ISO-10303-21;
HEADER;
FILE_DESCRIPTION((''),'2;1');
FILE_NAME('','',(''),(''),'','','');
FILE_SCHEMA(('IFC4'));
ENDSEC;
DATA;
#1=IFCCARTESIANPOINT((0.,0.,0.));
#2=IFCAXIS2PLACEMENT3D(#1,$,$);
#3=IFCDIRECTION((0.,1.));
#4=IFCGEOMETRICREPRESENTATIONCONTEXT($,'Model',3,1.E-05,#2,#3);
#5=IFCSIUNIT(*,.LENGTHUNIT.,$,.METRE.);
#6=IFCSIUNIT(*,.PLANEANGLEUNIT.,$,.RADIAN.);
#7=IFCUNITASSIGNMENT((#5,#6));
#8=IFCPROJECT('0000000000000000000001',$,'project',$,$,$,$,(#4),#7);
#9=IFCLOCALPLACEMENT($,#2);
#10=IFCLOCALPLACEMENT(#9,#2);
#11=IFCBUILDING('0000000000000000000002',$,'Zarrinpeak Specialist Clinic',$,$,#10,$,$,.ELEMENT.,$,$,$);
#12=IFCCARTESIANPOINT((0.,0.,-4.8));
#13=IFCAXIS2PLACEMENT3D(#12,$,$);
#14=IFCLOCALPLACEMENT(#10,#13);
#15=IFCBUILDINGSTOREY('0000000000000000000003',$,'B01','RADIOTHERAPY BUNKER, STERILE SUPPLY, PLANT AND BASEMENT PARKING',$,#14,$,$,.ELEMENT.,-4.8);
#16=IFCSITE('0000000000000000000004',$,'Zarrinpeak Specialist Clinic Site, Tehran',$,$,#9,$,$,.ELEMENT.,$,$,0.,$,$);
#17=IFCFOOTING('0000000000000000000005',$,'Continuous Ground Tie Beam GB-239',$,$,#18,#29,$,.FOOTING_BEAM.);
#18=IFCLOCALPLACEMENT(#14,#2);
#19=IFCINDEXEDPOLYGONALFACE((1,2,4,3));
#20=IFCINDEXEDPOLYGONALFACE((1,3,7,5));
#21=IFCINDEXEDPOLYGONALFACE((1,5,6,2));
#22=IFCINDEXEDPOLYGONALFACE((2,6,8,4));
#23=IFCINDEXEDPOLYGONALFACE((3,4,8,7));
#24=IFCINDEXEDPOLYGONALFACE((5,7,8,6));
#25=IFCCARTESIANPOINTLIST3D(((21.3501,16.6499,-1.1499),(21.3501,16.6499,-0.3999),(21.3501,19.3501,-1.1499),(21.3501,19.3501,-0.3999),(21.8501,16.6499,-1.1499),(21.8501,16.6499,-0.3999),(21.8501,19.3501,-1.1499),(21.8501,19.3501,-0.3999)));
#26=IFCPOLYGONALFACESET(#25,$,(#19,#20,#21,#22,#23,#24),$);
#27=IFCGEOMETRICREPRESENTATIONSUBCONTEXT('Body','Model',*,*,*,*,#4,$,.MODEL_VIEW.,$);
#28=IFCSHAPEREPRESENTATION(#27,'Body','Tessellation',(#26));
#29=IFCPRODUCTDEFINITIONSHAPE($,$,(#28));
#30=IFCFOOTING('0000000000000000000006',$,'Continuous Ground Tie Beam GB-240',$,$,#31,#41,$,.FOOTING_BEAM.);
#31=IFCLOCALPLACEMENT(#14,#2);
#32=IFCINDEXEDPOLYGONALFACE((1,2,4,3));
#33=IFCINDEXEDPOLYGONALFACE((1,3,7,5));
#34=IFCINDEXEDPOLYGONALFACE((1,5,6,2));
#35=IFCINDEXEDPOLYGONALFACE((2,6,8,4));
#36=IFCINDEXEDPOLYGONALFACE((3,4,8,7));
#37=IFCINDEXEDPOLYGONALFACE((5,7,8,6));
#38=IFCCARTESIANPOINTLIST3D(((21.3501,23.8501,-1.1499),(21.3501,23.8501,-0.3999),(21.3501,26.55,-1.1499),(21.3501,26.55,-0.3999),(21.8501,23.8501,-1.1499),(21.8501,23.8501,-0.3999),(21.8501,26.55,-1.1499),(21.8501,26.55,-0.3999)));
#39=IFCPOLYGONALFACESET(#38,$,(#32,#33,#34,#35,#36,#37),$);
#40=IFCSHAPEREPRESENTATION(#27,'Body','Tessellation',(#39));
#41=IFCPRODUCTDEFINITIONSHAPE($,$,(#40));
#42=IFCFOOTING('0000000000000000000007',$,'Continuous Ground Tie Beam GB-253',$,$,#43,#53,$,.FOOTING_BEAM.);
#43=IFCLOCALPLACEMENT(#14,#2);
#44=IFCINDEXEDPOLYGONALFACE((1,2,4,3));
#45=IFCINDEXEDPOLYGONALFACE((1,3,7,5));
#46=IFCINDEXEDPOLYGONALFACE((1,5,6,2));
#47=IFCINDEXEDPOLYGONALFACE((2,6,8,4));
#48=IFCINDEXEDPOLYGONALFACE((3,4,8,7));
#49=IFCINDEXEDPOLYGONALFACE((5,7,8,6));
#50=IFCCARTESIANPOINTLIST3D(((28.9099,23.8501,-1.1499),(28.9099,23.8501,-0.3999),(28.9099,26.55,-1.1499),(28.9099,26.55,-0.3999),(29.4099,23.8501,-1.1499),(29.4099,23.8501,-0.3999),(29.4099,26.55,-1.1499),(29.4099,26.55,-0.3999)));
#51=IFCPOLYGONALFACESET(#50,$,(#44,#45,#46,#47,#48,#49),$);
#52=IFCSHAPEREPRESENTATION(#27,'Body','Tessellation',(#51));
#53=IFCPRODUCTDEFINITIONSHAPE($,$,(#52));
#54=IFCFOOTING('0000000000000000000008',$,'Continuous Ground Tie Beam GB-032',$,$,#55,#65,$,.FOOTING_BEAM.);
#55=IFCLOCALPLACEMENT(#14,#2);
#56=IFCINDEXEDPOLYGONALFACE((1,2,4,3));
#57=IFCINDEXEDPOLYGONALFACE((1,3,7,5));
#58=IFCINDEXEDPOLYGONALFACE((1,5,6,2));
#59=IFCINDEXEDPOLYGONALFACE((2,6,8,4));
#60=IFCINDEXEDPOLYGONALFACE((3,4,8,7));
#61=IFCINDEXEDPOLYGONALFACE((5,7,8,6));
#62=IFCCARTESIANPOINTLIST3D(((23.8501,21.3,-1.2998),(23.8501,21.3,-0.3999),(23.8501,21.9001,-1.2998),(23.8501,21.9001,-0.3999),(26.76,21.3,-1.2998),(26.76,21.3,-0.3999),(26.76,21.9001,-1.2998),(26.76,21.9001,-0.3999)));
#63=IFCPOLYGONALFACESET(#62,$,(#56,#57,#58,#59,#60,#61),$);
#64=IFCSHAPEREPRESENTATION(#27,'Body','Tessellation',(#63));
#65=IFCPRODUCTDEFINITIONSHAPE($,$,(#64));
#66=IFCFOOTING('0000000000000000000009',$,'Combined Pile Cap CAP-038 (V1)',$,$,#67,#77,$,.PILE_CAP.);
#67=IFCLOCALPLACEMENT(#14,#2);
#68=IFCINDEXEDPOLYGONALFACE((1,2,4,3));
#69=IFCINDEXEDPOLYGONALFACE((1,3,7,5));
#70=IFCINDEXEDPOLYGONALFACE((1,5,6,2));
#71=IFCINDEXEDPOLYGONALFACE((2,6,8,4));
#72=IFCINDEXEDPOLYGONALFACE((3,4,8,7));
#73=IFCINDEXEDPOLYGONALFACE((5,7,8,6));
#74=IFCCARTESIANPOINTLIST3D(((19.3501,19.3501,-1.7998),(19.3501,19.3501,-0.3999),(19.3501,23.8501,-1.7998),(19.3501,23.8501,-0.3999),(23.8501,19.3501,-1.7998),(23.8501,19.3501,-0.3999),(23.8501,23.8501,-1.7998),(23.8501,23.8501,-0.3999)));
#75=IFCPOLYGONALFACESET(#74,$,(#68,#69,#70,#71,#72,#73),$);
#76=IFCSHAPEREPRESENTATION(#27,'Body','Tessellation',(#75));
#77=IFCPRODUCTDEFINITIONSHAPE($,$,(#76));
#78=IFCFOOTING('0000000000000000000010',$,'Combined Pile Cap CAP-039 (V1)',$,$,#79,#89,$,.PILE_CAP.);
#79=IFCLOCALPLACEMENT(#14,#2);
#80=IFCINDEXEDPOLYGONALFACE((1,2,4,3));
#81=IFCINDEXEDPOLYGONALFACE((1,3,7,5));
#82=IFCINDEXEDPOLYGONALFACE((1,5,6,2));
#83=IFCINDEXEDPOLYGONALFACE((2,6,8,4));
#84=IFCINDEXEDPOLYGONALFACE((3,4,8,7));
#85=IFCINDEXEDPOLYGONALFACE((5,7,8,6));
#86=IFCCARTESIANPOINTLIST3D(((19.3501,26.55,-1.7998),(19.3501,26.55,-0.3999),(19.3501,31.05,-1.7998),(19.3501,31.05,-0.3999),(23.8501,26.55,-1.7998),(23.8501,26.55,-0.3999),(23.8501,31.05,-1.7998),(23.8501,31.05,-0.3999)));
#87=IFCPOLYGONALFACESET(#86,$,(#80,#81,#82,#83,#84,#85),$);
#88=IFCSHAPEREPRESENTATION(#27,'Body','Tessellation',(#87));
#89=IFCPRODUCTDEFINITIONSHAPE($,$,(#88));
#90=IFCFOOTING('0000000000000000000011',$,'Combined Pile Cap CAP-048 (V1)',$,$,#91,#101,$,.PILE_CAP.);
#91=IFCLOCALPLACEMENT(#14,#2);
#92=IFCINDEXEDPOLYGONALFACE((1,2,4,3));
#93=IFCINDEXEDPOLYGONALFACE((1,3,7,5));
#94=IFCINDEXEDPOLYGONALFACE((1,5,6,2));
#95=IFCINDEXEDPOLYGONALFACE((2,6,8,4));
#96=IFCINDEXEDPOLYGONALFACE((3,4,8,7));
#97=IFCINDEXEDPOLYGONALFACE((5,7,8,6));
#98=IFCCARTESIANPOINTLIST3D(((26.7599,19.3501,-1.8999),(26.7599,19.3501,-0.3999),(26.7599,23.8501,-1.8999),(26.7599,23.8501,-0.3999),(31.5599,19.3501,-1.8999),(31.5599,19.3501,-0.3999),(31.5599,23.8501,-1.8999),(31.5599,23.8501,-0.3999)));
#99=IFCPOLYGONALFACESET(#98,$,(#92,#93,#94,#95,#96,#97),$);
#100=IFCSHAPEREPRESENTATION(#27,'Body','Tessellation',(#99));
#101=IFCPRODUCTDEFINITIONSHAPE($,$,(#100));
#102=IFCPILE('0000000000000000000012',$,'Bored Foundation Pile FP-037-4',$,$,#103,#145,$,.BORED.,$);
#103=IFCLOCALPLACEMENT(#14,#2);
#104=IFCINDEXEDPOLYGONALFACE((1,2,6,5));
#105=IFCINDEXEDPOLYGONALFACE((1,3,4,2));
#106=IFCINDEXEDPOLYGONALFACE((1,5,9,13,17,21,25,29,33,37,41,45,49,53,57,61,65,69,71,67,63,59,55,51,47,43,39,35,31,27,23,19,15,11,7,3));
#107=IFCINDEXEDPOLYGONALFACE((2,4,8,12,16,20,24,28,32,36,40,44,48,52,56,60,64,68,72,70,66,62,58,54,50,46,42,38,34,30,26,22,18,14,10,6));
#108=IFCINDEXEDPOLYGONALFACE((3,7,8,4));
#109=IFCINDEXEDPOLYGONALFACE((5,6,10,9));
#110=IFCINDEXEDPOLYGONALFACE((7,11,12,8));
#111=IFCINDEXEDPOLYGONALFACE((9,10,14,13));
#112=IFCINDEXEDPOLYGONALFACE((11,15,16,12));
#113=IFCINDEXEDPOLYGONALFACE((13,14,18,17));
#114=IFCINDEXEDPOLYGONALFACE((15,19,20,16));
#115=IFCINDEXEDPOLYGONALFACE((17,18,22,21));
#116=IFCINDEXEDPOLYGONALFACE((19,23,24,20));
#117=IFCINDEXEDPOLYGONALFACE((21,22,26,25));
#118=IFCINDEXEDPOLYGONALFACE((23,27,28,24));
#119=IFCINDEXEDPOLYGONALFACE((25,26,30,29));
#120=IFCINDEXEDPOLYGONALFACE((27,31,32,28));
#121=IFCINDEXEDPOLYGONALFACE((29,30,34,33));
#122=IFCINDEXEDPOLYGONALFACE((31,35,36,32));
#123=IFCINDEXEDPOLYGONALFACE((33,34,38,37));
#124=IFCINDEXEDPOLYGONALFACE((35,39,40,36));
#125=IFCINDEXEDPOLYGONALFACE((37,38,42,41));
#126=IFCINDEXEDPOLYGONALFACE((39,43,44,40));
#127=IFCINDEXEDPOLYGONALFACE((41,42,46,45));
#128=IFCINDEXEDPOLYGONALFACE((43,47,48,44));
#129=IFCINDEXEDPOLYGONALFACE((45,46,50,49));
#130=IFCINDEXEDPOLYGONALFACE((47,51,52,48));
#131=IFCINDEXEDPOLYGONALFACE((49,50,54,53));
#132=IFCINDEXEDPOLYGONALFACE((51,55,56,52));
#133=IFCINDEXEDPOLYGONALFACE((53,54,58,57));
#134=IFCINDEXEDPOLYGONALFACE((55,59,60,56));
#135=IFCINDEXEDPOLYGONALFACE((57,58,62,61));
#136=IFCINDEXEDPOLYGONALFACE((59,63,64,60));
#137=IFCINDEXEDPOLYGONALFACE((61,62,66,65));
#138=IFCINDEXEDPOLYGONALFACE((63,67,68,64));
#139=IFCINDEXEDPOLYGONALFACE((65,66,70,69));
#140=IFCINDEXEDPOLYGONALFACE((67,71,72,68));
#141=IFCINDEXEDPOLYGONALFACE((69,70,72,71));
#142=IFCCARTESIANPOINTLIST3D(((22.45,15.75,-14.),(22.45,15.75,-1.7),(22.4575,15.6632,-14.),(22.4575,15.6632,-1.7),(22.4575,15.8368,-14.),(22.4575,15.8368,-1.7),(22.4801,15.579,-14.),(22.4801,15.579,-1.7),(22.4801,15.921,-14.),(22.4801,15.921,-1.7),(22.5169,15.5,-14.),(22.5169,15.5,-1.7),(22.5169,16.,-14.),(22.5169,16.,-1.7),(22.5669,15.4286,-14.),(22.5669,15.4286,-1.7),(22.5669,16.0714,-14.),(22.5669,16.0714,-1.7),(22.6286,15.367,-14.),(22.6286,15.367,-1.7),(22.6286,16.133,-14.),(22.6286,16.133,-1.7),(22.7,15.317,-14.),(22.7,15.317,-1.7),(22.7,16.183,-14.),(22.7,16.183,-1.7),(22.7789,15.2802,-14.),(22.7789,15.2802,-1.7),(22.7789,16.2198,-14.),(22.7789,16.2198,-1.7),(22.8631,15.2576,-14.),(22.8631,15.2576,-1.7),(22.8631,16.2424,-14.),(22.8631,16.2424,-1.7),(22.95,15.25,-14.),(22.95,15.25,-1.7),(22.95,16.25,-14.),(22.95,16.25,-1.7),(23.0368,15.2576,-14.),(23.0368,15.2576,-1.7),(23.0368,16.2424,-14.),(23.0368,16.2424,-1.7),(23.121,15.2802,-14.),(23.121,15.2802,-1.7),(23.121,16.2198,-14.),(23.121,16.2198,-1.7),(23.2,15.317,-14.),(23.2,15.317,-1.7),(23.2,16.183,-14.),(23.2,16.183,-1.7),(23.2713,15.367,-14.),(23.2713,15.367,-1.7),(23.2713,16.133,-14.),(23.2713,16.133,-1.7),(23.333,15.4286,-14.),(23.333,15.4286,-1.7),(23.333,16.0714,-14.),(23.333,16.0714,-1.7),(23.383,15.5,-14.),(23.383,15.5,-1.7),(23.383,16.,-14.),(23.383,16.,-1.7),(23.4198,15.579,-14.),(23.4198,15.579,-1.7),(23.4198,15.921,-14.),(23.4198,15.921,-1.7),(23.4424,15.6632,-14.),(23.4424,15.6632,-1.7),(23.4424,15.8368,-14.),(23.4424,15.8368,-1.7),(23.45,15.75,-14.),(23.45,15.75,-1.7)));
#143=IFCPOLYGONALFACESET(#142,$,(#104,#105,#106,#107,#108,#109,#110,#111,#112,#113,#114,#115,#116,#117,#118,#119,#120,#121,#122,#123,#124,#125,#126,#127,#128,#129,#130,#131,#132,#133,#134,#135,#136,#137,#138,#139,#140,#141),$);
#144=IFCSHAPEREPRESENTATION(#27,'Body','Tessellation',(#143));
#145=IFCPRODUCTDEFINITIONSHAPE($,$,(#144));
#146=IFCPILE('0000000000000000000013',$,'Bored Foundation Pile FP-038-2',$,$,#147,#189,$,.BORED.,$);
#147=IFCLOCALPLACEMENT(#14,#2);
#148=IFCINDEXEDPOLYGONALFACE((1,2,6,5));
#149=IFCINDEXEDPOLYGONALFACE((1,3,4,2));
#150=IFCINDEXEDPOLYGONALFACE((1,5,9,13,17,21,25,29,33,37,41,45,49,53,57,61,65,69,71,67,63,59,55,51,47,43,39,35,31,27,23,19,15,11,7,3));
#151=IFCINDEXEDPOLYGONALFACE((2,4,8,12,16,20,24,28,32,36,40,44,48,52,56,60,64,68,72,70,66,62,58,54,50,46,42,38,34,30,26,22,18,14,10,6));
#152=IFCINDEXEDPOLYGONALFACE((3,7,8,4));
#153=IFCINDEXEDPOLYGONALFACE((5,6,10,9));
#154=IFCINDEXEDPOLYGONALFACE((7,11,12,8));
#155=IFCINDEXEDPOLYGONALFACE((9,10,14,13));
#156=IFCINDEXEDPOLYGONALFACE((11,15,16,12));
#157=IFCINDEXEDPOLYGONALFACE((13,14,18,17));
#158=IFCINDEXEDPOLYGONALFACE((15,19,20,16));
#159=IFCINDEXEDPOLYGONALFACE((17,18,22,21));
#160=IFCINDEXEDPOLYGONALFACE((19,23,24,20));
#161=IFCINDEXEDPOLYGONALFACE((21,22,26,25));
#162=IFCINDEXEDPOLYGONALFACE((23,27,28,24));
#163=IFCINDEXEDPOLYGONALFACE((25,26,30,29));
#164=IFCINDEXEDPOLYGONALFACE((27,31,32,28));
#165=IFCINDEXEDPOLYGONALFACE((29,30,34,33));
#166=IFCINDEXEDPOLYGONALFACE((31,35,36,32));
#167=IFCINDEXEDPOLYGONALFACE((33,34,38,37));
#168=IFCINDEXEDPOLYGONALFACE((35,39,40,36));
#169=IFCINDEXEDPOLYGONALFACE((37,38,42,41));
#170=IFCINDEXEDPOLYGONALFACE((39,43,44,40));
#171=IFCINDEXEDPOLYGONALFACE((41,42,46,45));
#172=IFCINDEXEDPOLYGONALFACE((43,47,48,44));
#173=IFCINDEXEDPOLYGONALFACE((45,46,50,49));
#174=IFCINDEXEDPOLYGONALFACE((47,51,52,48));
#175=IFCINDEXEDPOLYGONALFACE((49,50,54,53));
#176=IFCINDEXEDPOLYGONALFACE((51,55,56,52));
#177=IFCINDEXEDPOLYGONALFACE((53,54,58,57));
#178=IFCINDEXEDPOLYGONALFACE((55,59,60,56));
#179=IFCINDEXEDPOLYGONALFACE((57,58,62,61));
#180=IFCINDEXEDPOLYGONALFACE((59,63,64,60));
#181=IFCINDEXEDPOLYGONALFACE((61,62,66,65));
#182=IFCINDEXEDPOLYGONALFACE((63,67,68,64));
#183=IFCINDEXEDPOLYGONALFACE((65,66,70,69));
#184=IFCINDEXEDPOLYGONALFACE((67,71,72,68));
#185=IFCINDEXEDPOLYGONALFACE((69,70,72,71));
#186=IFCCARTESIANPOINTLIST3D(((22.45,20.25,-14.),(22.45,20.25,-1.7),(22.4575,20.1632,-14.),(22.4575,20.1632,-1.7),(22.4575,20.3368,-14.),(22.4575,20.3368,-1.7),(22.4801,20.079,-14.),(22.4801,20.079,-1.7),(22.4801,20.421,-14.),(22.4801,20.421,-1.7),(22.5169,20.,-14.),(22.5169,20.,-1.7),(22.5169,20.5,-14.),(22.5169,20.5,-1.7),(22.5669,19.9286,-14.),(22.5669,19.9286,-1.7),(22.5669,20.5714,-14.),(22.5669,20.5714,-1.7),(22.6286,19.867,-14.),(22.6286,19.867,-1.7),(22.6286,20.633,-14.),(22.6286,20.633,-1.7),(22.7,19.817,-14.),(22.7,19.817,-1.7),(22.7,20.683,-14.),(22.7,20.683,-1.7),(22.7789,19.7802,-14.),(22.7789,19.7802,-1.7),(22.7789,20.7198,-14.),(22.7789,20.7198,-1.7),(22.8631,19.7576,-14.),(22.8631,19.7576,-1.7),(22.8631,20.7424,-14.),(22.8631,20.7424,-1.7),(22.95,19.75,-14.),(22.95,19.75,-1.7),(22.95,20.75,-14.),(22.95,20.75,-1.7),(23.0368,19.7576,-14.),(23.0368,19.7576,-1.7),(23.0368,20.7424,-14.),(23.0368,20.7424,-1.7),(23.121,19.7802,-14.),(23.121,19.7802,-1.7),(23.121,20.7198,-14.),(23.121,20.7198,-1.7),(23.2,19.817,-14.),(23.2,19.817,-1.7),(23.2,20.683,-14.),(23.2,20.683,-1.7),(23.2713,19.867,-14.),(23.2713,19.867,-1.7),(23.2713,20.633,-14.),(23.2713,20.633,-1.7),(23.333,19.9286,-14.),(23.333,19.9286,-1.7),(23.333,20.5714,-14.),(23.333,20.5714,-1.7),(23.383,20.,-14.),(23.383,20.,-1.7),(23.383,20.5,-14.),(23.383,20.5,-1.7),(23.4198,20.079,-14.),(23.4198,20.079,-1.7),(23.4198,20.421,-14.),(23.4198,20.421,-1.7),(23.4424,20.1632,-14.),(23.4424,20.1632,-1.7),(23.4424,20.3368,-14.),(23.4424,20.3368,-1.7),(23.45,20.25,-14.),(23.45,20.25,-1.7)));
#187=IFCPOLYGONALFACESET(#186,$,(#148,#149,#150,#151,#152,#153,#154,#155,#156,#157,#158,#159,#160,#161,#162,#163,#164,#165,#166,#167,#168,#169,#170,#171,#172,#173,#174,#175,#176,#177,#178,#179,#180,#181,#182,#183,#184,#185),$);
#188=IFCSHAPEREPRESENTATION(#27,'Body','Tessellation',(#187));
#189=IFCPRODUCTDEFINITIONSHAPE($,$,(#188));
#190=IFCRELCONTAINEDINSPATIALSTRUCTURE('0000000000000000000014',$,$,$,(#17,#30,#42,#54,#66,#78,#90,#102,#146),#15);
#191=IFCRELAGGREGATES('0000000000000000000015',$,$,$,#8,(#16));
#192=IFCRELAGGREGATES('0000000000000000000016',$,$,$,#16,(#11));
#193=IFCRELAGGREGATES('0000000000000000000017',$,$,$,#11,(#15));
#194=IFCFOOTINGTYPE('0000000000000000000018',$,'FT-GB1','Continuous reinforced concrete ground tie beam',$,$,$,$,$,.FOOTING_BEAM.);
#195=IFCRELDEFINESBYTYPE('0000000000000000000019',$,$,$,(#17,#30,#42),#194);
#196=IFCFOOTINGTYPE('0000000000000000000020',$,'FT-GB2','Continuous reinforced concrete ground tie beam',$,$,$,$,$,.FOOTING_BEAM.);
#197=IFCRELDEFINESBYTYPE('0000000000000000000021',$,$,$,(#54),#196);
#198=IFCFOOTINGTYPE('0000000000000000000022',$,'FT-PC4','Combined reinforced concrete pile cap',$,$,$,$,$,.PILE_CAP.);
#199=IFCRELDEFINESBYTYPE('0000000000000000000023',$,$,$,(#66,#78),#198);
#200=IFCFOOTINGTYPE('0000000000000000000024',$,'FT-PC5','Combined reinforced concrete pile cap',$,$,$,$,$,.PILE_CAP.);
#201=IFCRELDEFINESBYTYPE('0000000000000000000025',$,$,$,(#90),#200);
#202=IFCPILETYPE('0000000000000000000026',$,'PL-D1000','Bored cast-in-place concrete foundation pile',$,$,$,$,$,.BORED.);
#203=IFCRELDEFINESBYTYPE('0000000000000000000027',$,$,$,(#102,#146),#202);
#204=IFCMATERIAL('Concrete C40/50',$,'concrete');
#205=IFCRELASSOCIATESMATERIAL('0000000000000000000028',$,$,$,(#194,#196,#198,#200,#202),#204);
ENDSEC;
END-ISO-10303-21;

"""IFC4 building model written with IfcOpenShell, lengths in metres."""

from ifc_helpers import new_model, si_unit, direction, frame, origin, origin_2d, place, context, subcontext, project, spatial, rectangle, circle, extrude, material, material_profile, profile_set, type_object, element, save


model = new_model("IFC4")

# Units and contexts
model_context = context("Model", 3, precision=1e-05, world=origin(), true_north=direction((0.0, 1.0)))
body_context = subcontext(model_context, "Body", "Model", "MODEL_VIEW")
ifc_project = project(units=[si_unit("LENGTHUNIT", "METRE"), si_unit("PLANEANGLEUNIT", "RADIAN")], contexts=[model_context])

# Site, building, storey
site_placement = place(None, origin())
site = spatial("IfcSite", under=ifc_project, at=site_placement, Name="Zarrinpeak Specialist Clinic Site, Tehran", CompositionType="ELEMENT", RefElevation=0.0)
building_placement = place(site_placement, origin())
building = spatial("IfcBuilding", under=site, at=building_placement, Name="Zarrinpeak Specialist Clinic", CompositionType="ELEMENT")
storey_placement = place(building_placement, frame((0.0, 0.0, -4.8)))
storey = spatial("IfcBuildingStorey", under=building, at=storey_placement, Name="B01", Description="RADIOTHERAPY BUNKER, STERILE SUPPLY, PLANT AND BASEMENT PARKING", CompositionType="ELEMENT", Elevation=-4.8)

# Footings
ifc_material_1 = material(Name="Concrete C40/50", Category="concrete")
ifc_material_profile_1 = material_profile(ifc_material_1, rectangle(XDim=0.5, YDim=0.75, at=origin_2d()), Name="RC 500x750")
ifc_profile_set_1 = profile_set([ifc_material_profile_1], Name="Concrete C40/50")
footing_type_1 = type_object("IfcFootingType", Name="FT-GB1", Description="Continuous reinforced concrete ground tie beam", PredefinedType="FOOTING_BEAM", material=ifc_profile_set_1)
footing_1_placement = place(storey_placement, frame((21.6001, 16.6499, -0.7749), z_axis=(0.0, 1.0, 0.0), x_axis=(-1.0, 0.0, 0.0)))
element("IfcFooting", 1, at=footing_1_placement, inside=storey, type_object=footing_type_1, Name="Continuous Ground Tie Beam GB-239", PredefinedType="FOOTING_BEAM", context=body_context, shape_type="SweptSolid", body=[
    extrude(rectangle(XDim=0.5, YDim=0.75, at=origin_2d()), origin(), (0.0, 0.0, 1.0), 2.7002),
])
for number, where, z_axis, x_axis, name in (
    (2, (21.6001, 23.8501, -0.7749), (0.0, 1.0, 0.0), (-1.0, 0.0, 0.0), "Continuous Ground Tie Beam GB-240"),
    (3, (29.1599, 23.8501, -0.7749), (0.0, 1.0, 0.0), (-1.0, 0.0, 0.0), "Continuous Ground Tie Beam GB-253"),
):
    element("IfcFooting", number, at=place(storey_placement, frame(where, z_axis=z_axis, x_axis=x_axis)), inside=storey, type_object=footing_type_1, Name=name, PredefinedType="FOOTING_BEAM", context=body_context, shape_type="SweptSolid", body=[
        extrude(rectangle(XDim=0.5, YDim=0.75, at=origin_2d()), origin(), (0.0, 0.0, 1.0), 2.7),
    ])
ifc_material_profile_2 = material_profile(ifc_material_1, rectangle(XDim=0.6001, YDim=0.8999, at=origin_2d()), Name="RC 600x900")
ifc_profile_set_2 = profile_set([ifc_material_profile_2], Name="Concrete C40/50")
footing_type_2 = type_object("IfcFootingType", Name="FT-GB2", Description="Continuous reinforced concrete ground tie beam", PredefinedType="FOOTING_BEAM", material=ifc_profile_set_2)
footing_2_placement = place(storey_placement, frame((23.8501, 21.6001, -0.8499), z_axis=(1.0, 0.0, 0.0), x_axis=(0.0, 1.0, 0.0)))
element("IfcFooting", 4, at=footing_2_placement, inside=storey, type_object=footing_type_2, Name="Continuous Ground Tie Beam GB-032", PredefinedType="FOOTING_BEAM", context=body_context, shape_type="SweptSolid", body=[
    extrude(rectangle(XDim=0.6001, YDim=0.8999, at=origin_2d()), origin(), (0.0, 0.0, 1.0), 2.9099),
])
footing_type_3 = type_object("IfcFootingType", Name="FT-PC4", Description="Combined reinforced concrete pile cap", PredefinedType="PILE_CAP", material=ifc_material_1)
for number, where, z_axis, x_axis, name in (
    (5, (21.6001, 21.6001, -1.7998), (0.0, 0.0, 1.0), (1.0, 0.0, 0.0), "Combined Pile Cap CAP-038 (V1)"),
    (6, (21.6001, 28.8, -1.7998), (0.0, 0.0, 1.0), (1.0, 0.0, 0.0), "Combined Pile Cap CAP-039 (V1)"),
):
    element("IfcFooting", number, at=place(storey_placement, frame(where, z_axis=z_axis, x_axis=x_axis)), inside=storey, type_object=footing_type_3, Name=name, PredefinedType="PILE_CAP", context=body_context, shape_type="SweptSolid", body=[
        extrude(rectangle(XDim=4.5, YDim=4.5, at=origin_2d()), origin(), (0.0, 0.0, 1.0), 1.3999),
    ])
footing_type_4 = type_object("IfcFootingType", Name="FT-PC5", Description="Combined reinforced concrete pile cap", PredefinedType="PILE_CAP", material=ifc_material_1)
footing_3_placement = place(storey_placement, frame((29.1599, 21.6001, -1.8999), z_axis=(0.0, 0.0, 1.0), x_axis=(1.0, 0.0, 0.0)))
element("IfcFooting", 7, at=footing_3_placement, inside=storey, type_object=footing_type_4, Name="Combined Pile Cap CAP-048 (V1)", PredefinedType="PILE_CAP", context=body_context, shape_type="SweptSolid", body=[
    extrude(rectangle(XDim=4.8, YDim=4.5, at=origin_2d()), origin(), (0.0, 0.0, 1.0), 1.5),
])

# Piles
ifc_material_profile_3 = material_profile(ifc_material_1, circle(Radius=0.5, at=origin_2d()), Name="BORED PILE D1000")
ifc_profile_set_3 = profile_set([ifc_material_profile_3], Name="Concrete C40/50")
pile_type_1 = type_object("IfcPileType", Name="PL-D1000", Description="Bored cast-in-place concrete foundation pile", PredefinedType="BORED", material=ifc_profile_set_3)
for number, where, z_axis, x_axis, name in (
    (8, (22.95, 15.75, -1.7), (0.0, 0.0, -1.0), (1.0, 0.0, 0.0), "Bored Foundation Pile FP-037-4"),
    (9, (22.95, 20.25, -1.7), (0.0, 0.0, -1.0), (1.0, 0.0, 0.0), "Bored Foundation Pile FP-038-2"),
):
    element("IfcPile", number, at=place(storey_placement, frame(where, z_axis=z_axis, x_axis=x_axis)), inside=storey, type_object=pile_type_1, Name=name, PredefinedType="BORED", context=body_context, shape_type="SweptSolid", body=[
        extrude(circle(Radius=0.5, at=origin_2d()), origin(), (0.0, 0.0, 1.0), 12.3),
    ])

save(model, "model.ifc")
